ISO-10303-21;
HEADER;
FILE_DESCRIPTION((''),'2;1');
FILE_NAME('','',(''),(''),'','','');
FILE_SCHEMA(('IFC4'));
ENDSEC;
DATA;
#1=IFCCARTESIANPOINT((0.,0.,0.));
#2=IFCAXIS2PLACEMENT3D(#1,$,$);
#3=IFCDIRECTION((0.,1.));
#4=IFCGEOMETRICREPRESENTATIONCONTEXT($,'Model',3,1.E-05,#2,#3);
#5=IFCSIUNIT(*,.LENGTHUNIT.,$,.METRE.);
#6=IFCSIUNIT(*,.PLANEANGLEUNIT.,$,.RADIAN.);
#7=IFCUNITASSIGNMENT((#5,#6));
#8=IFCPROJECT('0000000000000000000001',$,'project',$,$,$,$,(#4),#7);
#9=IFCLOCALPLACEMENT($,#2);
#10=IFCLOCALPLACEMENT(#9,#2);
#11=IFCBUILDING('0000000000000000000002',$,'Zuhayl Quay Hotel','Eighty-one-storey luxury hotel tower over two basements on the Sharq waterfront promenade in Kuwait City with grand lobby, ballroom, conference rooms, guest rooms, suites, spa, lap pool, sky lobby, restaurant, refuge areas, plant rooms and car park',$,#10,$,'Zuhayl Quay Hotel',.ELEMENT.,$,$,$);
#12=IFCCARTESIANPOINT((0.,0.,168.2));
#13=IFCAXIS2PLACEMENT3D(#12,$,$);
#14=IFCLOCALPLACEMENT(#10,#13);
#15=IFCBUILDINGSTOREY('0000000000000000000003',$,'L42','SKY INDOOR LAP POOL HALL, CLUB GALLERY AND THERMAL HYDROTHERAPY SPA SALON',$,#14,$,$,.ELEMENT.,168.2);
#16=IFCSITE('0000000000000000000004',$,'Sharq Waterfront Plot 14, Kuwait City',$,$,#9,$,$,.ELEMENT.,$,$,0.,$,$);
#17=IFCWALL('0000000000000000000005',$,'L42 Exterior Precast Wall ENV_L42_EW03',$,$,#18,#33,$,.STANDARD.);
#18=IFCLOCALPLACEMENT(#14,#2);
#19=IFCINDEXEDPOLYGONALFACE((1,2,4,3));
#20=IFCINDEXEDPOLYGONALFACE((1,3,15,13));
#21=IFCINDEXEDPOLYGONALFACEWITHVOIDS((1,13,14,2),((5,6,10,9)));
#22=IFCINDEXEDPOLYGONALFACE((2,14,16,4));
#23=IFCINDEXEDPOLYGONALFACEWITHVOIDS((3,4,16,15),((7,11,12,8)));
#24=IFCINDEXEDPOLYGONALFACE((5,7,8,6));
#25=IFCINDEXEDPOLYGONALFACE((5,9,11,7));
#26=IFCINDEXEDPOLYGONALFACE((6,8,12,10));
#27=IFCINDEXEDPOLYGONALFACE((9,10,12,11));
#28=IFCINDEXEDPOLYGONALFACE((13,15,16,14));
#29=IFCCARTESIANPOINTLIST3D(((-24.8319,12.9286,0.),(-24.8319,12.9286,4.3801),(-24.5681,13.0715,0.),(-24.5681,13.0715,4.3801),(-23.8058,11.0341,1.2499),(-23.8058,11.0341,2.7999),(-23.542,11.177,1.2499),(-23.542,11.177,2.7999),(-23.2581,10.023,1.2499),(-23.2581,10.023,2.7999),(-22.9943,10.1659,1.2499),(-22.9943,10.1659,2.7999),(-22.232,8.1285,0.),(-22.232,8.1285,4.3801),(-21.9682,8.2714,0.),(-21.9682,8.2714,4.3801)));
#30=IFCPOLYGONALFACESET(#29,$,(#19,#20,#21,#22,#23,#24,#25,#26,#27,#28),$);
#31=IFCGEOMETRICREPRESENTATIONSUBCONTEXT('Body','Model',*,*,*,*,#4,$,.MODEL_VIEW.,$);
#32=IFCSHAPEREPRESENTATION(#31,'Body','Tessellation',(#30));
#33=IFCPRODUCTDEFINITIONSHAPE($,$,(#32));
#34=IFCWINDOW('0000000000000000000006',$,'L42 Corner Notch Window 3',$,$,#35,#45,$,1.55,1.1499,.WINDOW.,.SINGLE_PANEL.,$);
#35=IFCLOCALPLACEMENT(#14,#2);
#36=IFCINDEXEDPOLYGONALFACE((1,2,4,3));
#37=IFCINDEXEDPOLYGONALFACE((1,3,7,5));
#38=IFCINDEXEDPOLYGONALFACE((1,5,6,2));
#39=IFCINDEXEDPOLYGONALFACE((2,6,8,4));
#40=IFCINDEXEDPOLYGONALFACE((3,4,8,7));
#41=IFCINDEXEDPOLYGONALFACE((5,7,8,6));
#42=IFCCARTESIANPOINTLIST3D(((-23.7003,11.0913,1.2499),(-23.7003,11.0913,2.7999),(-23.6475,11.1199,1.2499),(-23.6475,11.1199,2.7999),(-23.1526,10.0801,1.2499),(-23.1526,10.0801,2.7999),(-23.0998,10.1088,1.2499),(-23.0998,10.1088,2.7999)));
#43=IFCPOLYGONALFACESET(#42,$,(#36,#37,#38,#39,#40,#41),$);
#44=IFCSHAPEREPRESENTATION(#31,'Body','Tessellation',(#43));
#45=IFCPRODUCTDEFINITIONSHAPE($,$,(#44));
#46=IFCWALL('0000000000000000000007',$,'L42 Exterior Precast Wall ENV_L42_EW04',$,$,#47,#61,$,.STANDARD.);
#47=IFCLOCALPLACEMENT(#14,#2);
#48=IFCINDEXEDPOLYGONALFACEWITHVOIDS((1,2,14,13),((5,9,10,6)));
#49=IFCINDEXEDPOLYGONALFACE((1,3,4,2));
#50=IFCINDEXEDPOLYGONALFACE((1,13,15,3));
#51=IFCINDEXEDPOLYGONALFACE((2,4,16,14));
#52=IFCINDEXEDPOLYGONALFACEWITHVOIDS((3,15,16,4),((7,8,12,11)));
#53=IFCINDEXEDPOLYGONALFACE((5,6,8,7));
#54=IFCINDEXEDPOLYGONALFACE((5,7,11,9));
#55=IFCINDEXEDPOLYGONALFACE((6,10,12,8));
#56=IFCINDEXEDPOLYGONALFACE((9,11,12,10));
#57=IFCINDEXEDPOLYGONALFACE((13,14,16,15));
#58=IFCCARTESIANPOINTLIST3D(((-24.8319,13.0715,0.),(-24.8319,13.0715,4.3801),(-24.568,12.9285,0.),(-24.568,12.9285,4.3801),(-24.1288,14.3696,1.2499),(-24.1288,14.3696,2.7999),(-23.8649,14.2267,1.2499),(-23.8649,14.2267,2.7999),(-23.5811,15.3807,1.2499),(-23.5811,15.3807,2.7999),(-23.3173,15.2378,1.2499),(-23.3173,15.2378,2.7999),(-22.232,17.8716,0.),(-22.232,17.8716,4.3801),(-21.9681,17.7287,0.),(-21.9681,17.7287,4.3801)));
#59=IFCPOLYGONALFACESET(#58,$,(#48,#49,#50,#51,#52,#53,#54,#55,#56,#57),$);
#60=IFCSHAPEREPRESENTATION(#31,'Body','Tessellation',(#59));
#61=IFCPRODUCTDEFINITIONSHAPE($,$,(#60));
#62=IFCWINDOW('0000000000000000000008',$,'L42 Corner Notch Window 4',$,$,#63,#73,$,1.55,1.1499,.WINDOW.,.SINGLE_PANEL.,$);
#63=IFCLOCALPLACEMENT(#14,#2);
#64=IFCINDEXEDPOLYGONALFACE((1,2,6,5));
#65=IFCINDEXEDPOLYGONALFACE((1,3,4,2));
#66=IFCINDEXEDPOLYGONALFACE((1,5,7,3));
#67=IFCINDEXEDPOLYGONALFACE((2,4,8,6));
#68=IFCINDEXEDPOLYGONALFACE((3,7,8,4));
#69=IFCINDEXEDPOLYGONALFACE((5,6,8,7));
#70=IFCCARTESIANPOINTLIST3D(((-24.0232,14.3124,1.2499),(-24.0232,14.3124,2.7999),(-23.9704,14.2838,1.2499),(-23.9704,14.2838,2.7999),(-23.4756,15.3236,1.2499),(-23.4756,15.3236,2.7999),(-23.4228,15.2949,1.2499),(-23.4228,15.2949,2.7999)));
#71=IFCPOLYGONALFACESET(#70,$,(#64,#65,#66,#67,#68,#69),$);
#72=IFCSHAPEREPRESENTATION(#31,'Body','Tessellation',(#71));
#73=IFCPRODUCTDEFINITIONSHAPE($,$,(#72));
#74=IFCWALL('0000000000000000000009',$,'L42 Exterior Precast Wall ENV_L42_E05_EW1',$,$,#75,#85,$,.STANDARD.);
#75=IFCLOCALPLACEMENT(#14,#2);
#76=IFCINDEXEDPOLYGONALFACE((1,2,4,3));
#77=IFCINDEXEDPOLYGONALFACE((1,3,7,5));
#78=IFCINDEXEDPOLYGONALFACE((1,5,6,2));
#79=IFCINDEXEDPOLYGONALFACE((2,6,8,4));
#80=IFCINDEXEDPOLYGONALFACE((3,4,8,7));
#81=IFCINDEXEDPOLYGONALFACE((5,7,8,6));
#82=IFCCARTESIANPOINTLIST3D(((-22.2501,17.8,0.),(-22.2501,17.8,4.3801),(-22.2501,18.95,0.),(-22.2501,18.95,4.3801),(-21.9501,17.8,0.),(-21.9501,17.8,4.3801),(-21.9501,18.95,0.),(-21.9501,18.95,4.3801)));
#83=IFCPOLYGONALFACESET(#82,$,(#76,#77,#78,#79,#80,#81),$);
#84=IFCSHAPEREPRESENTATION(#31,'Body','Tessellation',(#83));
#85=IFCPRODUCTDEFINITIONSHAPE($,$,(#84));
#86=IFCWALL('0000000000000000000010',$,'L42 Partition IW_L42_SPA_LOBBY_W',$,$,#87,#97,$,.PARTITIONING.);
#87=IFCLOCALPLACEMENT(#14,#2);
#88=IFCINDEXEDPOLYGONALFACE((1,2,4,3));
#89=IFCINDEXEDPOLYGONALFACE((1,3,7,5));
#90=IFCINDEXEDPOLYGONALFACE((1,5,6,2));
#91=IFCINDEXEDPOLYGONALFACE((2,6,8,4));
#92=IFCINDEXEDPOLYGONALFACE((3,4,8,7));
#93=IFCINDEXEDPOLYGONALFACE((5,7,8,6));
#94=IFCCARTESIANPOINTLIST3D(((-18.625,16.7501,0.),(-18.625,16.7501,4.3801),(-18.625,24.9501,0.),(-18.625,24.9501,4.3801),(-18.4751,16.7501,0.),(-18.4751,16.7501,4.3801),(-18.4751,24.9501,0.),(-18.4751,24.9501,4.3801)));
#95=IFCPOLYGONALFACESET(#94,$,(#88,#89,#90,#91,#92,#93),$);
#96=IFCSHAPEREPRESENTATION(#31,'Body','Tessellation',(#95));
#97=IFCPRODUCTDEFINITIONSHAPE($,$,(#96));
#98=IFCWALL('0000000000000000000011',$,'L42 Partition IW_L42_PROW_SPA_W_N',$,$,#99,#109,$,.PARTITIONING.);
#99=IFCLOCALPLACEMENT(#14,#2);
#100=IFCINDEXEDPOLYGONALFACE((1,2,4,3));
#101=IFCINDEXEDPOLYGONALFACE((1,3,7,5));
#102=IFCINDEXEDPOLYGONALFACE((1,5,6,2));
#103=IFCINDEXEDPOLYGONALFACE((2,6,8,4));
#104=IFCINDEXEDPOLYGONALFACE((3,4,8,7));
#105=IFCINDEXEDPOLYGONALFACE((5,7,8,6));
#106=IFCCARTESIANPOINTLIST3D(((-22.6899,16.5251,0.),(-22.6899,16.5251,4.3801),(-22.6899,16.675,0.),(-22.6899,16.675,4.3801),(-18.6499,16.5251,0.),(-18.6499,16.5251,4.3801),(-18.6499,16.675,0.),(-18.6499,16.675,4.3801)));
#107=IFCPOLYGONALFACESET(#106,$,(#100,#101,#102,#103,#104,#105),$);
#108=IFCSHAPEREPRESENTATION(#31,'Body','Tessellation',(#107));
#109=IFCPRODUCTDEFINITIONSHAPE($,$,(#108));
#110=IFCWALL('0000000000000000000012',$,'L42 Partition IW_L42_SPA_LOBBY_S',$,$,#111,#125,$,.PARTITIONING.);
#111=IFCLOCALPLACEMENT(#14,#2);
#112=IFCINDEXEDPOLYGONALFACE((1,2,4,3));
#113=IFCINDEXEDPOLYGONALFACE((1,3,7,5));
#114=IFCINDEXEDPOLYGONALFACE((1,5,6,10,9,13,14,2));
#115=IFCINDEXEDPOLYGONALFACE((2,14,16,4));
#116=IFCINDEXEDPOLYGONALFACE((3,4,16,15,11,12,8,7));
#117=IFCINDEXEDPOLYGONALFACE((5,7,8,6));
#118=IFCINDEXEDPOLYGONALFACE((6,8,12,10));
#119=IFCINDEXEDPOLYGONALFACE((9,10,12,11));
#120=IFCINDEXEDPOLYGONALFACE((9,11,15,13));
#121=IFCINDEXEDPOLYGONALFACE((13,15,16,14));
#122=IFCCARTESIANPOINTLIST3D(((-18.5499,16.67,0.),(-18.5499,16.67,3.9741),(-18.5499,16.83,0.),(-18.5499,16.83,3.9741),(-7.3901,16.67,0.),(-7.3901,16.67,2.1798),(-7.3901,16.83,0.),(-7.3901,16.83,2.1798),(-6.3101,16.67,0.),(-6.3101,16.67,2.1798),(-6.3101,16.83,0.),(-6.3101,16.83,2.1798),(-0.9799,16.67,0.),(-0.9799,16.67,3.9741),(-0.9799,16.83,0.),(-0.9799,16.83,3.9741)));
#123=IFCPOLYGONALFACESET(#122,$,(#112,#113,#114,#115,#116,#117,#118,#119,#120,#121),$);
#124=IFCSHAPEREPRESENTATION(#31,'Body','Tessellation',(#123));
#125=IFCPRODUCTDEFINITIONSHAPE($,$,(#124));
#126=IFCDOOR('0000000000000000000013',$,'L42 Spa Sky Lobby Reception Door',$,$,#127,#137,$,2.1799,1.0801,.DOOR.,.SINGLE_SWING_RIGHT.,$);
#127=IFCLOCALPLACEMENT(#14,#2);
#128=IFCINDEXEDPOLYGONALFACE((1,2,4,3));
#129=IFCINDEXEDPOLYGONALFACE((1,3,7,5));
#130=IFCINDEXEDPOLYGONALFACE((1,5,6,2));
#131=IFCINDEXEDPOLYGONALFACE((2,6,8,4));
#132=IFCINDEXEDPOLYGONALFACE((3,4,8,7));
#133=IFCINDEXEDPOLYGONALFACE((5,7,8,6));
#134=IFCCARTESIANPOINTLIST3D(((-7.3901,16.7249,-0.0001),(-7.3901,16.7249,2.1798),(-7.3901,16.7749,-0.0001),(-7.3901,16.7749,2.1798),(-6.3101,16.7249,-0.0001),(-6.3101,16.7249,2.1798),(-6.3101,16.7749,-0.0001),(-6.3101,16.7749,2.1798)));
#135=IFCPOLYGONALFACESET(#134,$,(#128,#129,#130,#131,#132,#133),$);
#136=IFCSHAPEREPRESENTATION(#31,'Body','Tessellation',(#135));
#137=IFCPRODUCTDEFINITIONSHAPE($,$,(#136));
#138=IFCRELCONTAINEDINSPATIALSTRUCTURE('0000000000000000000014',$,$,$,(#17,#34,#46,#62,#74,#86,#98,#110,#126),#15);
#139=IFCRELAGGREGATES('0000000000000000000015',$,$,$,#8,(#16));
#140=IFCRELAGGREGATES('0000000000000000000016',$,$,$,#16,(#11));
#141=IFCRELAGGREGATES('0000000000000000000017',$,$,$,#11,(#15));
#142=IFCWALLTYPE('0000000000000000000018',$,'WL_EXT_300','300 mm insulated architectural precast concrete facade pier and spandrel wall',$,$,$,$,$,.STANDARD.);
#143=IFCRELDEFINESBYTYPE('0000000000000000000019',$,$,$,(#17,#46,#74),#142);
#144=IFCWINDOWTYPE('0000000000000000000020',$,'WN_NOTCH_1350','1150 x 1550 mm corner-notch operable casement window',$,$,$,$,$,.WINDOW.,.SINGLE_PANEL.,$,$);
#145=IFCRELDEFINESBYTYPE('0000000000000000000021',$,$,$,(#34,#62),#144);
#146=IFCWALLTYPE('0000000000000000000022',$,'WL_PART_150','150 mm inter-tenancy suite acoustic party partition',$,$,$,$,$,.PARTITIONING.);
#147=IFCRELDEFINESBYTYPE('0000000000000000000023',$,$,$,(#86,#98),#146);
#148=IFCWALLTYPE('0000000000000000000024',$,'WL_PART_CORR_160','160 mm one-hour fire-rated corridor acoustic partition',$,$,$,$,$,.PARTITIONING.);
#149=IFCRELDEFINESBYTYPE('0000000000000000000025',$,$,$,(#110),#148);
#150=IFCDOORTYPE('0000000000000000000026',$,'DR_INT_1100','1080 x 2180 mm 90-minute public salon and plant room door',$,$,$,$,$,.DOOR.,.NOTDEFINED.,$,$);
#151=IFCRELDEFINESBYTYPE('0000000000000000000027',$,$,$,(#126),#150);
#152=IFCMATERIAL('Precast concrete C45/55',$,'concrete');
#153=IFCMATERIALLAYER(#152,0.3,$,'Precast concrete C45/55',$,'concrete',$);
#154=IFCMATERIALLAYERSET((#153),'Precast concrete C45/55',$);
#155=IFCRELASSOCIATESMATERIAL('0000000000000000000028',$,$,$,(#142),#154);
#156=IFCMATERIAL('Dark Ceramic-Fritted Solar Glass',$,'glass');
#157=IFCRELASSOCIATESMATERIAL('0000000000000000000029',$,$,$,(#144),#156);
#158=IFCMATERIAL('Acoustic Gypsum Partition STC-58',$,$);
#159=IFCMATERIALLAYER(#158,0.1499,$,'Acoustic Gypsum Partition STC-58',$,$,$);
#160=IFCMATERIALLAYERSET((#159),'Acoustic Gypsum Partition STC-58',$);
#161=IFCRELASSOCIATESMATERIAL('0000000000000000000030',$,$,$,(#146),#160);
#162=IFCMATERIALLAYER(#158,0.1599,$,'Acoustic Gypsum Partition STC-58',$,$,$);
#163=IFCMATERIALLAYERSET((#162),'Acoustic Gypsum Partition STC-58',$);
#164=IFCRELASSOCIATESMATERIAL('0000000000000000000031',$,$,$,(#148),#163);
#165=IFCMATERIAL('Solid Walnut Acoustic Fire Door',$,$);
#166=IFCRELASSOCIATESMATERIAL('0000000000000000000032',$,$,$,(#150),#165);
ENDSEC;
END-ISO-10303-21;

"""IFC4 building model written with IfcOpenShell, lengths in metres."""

from ifc_helpers import new_model, si_unit, direction, frame, frame_2d, origin, place, context, subcontext, project, spatial, rectangle, extrude, material, layer, layer_set, type_object, element, fill, save


model = new_model("IFC4")

# Units and contexts
model_context = context("Model", 3, precision=1e-05, world=origin(), true_north=direction((0.0, 1.0)))
body_context = subcontext(model_context, "Body", "Model", "MODEL_VIEW")
ifc_project = project(units=[si_unit("LENGTHUNIT", "METRE"), si_unit("PLANEANGLEUNIT", "RADIAN")], contexts=[model_context])

# Site, building, storey
site_placement = place(None, origin())
site = spatial("IfcSite", under=ifc_project, at=site_placement, Name="Sharq Waterfront Plot 14, Kuwait City", CompositionType="ELEMENT", RefElevation=0.0)
building_placement = place(site_placement, origin())
building = spatial("IfcBuilding", under=site, at=building_placement, Name="Zuhayl Quay Hotel", Description="Eighty-one-storey luxury hotel tower over two basements on the Sharq waterfront promenade in Kuwait City with grand lobby, ballroom, conference rooms, guest rooms, suites, spa, lap pool, sky lobby, restaurant, refuge areas, plant rooms and car park", LongName="Zuhayl Quay Hotel", CompositionType="ELEMENT")
storey_placement = place(building_placement, frame((0.0, 0.0, 168.2)))
storey = spatial("IfcBuildingStorey", under=building, at=storey_placement, Name="L42", Description="SKY INDOOR LAP POOL HALL, CLUB GALLERY AND THERMAL HYDROTHERAPY SPA SALON", CompositionType="ELEMENT", Elevation=168.2)

# Walls, openings, windows
ifc_material_1 = material(Name="Precast concrete C45/55", Category="concrete")
ifc_layer_1 = layer(ifc_material_1, 0.3, Name="Precast concrete C45/55", Category="concrete")
ifc_layer_set_1 = layer_set([ifc_layer_1], Name="Precast concrete C45/55")
wall_type_1 = type_object("IfcWallType", Name="WL_EXT_300", Description="300 mm insulated architectural precast concrete facade pier and spandrel wall", PredefinedType="STANDARD", material=ifc_layer_set_1)
wall_1_placement = place(storey_placement, frame((-22.1001, 8.2, 0.0), z_axis=(0.0, 0.0, 1.0), x_axis=(-0.476259, 0.879305, 0.0)))
wall_1 = element("IfcWall", 1, at=wall_1_placement, inside=storey, type_object=wall_type_1, Name="L42 Exterior Precast Wall ENV_L42_EW03", PredefinedType="STANDARD", context=body_context, shape_type="SweptSolid", body=[
    extrude(rectangle(XDim=5.459, YDim=0.3, at=frame_2d((2.7295, 0.0))), origin(), (0.0, 0.0, 1.0), 4.3801),
])
opening_1_placement = place(wall_1_placement, frame((2.1545, 0.0, 1.25)))
opening_1 = element("IfcOpeningElement", 2, at=opening_1_placement, cuts=wall_1, PredefinedType="OPENING", context=body_context, shape_type="SweptSolid", body=[
    extrude(rectangle(XDim=1.1499, YDim=1.55, at=frame_2d((0.575, 0.7749))), frame((0.0, 0.1599, 0.0), z_axis=(0.0, -1.0, 0.0), x_axis=(1.0, 0.0, 0.0)), (0.0, 0.0, 1.0), 0.3201),
])
ifc_material_2 = material(Name="Dark Ceramic-Fritted Solar Glass", Category="glass")
window_type = type_object("IfcWindowType", Name="WN_NOTCH_1350", Description="1150 x 1550 mm corner-notch operable casement window", PartitioningType="SINGLE_PANEL", PredefinedType="WINDOW", material=ifc_material_2)
window_1_placement = place(opening_1_placement, origin())
window_1 = element("IfcWindow", 3, at=window_1_placement, inside=storey, type_object=window_type, Name="L42 Corner Notch Window 3", OverallHeight=1.55, OverallWidth=1.1499, PartitioningType="SINGLE_PANEL", PredefinedType="WINDOW", context=body_context, shape_type="SweptSolid", body=[
    extrude(rectangle(XDim=1.1499, YDim=1.55, at=frame_2d((0.575, 0.7749))), frame((0.0, 0.03, 0.0), z_axis=(0.0, -1.0, 0.0), x_axis=(1.0, 0.0, 0.0)), (0.0, 0.0, 1.0), 0.0601),
])
fill(opening_1, window_1)
wall_2_placement = place(storey_placement, frame((-24.7, 13.0, 0.0), z_axis=(0.0, 0.0, 1.0), x_axis=(0.476259, 0.879305, 0.0)))
wall_2 = element("IfcWall", 4, at=wall_2_placement, inside=storey, type_object=wall_type_1, Name="L42 Exterior Precast Wall ENV_L42_EW04", PredefinedType="STANDARD", context=body_context, shape_type="SweptSolid", body=[
    extrude(rectangle(XDim=5.459, YDim=0.3, at=frame_2d((2.7295, 0.0))), origin(), (0.0, 0.0, 1.0), 4.3801),
])
opening_2_placement = place(wall_2_placement, frame((1.4763, 0.0, 1.25)))
opening_2 = element("IfcOpeningElement", 5, at=opening_2_placement, cuts=wall_2, PredefinedType="OPENING", context=body_context, shape_type="SweptSolid", body=[
    extrude(rectangle(XDim=1.1499, YDim=1.55, at=frame_2d((0.575, 0.7749))), frame((0.0, 0.1599, 0.0), z_axis=(0.0, -1.0, 0.0), x_axis=(1.0, 0.0, 0.0)), (0.0, 0.0, 1.0), 0.3201),
])
window_2_placement = place(opening_2_placement, origin())
window_2 = element("IfcWindow", 6, at=window_2_placement, inside=storey, type_object=window_type, Name="L42 Corner Notch Window 4", OverallHeight=1.55, OverallWidth=1.1499, PartitioningType="SINGLE_PANEL", PredefinedType="WINDOW", context=body_context, shape_type="SweptSolid", body=[
    extrude(rectangle(XDim=1.1499, YDim=1.55, at=frame_2d((0.575, 0.7749))), frame((0.0, 0.03, 0.0), z_axis=(0.0, -1.0, 0.0), x_axis=(1.0, 0.0, 0.0)), (0.0, 0.0, 1.0), 0.0601),
])
fill(opening_2, window_2)

# Walls
wall_3_placement = place(storey_placement, frame((-22.1001, 17.8, 0.0), z_axis=(0.0, 0.0, 1.0), x_axis=(0.0, 1.0, 0.0)))
element("IfcWall", 7, at=wall_3_placement, inside=storey, type_object=wall_type_1, Name="L42 Exterior Precast Wall ENV_L42_E05_EW1", PredefinedType="STANDARD", context=body_context, shape_type="SweptSolid", body=[
    extrude(rectangle(XDim=1.1499, YDim=0.3, at=frame_2d((0.575, 0.0))), origin(), (0.0, 0.0, 1.0), 4.3801),
])
ifc_material_3 = material(Name="Acoustic Gypsum Partition STC-58")
ifc_layer_2 = layer(ifc_material_3, 0.1499, Name="Acoustic Gypsum Partition STC-58")
ifc_layer_set_2 = layer_set([ifc_layer_2], Name="Acoustic Gypsum Partition STC-58")
wall_type_2 = type_object("IfcWallType", Name="WL_PART_150", Description="150 mm inter-tenancy suite acoustic party partition", PredefinedType="PARTITIONING", material=ifc_layer_set_2)
wall_4_placement = place(storey_placement, frame((-18.55, 16.75, 0.0), z_axis=(0.0, 0.0, 1.0), x_axis=(0.0, 1.0, 0.0)))
element("IfcWall", 8, at=wall_4_placement, inside=storey, type_object=wall_type_2, Name="L42 Partition IW_L42_SPA_LOBBY_W", PredefinedType="PARTITIONING", context=body_context, shape_type="SweptSolid", body=[
    extrude(rectangle(XDim=8.2, YDim=0.1499, at=frame_2d((4.1001, 0.0))), origin(), (0.0, 0.0, 1.0), 4.3801),
])
wall_5_placement = place(storey_placement, frame((-22.6899, 16.6001, 0.0), z_axis=(0.0, 0.0, 1.0), x_axis=(1.0, 0.0, 0.0)))
element("IfcWall", 9, at=wall_5_placement, inside=storey, type_object=wall_type_2, Name="L42 Partition IW_L42_PROW_SPA_W_N", PredefinedType="PARTITIONING", context=body_context, shape_type="SweptSolid", body=[
    extrude(rectangle(XDim=4.04, YDim=0.1499, at=frame_2d((2.02, 0.0))), origin(), (0.0, 0.0, 1.0), 4.3801),
])

# Wall, opening, door
ifc_layer_3 = layer(ifc_material_3, 0.1599, Name="Acoustic Gypsum Partition STC-58")
ifc_layer_set_3 = layer_set([ifc_layer_3], Name="Acoustic Gypsum Partition STC-58")
wall_type_3 = type_object("IfcWallType", Name="WL_PART_CORR_160", Description="160 mm one-hour fire-rated corridor acoustic partition", PredefinedType="PARTITIONING", material=ifc_layer_set_3)
wall_6_placement = place(storey_placement, frame((-18.55, 16.75, 0.0), z_axis=(0.0, 0.0, 1.0), x_axis=(1.0, 0.0, 0.0)))
wall_6 = element("IfcWall", 10, at=wall_6_placement, inside=storey, type_object=wall_type_3, Name="L42 Partition IW_L42_SPA_LOBBY_S", PredefinedType="PARTITIONING", context=body_context, shape_type="SweptSolid", body=[
    extrude(rectangle(XDim=17.5701, YDim=0.1599, at=frame_2d((8.7852, 0.0))), origin(), (0.0, 0.0, 1.0), 3.9741),
])
opening_3_placement = place(wall_6_placement, frame((11.1599, 0.0, 0.0)))
opening_3 = element("IfcOpeningElement", 11, at=opening_3_placement, cuts=wall_6, PredefinedType="OPENING", context=body_context, shape_type="SweptSolid", body=[
    extrude(rectangle(XDim=1.0801, YDim=2.1799, at=frame_2d((0.54, 1.0898))), frame((0.0, 0.0898, 0.0), z_axis=(0.0, -1.0, 0.0), x_axis=(1.0, 0.0, 0.0)), (0.0, 0.0, 1.0), 0.1799),
])
ifc_material_4 = material(Name="Solid Walnut Acoustic Fire Door")
door_type = type_object("IfcDoorType", Name="DR_INT_1100", Description="1080 x 2180 mm 90-minute public salon and plant room door", OperationType="NOTDEFINED", PredefinedType="DOOR", material=ifc_material_4)
door_placement = place(opening_3_placement, origin())
door = element("IfcDoor", 12, at=door_placement, inside=storey, type_object=door_type, Name="L42 Spa Sky Lobby Reception Door", OperationType="SINGLE_SWING_RIGHT", OverallHeight=2.1799, OverallWidth=1.0801, PredefinedType="DOOR", context=body_context, shape_type="SweptSolid", body=[
    extrude(rectangle(XDim=1.0801, YDim=2.1799, at=frame_2d((0.54, 1.0898))), frame((0.0, 0.0249, 0.0), z_axis=(0.0, -1.0, 0.0), x_axis=(1.0, 0.0, 0.0)), (0.0, 0.0, 1.0), 0.05),
])
fill(opening_3, door)

save(model, "model.ifc")
